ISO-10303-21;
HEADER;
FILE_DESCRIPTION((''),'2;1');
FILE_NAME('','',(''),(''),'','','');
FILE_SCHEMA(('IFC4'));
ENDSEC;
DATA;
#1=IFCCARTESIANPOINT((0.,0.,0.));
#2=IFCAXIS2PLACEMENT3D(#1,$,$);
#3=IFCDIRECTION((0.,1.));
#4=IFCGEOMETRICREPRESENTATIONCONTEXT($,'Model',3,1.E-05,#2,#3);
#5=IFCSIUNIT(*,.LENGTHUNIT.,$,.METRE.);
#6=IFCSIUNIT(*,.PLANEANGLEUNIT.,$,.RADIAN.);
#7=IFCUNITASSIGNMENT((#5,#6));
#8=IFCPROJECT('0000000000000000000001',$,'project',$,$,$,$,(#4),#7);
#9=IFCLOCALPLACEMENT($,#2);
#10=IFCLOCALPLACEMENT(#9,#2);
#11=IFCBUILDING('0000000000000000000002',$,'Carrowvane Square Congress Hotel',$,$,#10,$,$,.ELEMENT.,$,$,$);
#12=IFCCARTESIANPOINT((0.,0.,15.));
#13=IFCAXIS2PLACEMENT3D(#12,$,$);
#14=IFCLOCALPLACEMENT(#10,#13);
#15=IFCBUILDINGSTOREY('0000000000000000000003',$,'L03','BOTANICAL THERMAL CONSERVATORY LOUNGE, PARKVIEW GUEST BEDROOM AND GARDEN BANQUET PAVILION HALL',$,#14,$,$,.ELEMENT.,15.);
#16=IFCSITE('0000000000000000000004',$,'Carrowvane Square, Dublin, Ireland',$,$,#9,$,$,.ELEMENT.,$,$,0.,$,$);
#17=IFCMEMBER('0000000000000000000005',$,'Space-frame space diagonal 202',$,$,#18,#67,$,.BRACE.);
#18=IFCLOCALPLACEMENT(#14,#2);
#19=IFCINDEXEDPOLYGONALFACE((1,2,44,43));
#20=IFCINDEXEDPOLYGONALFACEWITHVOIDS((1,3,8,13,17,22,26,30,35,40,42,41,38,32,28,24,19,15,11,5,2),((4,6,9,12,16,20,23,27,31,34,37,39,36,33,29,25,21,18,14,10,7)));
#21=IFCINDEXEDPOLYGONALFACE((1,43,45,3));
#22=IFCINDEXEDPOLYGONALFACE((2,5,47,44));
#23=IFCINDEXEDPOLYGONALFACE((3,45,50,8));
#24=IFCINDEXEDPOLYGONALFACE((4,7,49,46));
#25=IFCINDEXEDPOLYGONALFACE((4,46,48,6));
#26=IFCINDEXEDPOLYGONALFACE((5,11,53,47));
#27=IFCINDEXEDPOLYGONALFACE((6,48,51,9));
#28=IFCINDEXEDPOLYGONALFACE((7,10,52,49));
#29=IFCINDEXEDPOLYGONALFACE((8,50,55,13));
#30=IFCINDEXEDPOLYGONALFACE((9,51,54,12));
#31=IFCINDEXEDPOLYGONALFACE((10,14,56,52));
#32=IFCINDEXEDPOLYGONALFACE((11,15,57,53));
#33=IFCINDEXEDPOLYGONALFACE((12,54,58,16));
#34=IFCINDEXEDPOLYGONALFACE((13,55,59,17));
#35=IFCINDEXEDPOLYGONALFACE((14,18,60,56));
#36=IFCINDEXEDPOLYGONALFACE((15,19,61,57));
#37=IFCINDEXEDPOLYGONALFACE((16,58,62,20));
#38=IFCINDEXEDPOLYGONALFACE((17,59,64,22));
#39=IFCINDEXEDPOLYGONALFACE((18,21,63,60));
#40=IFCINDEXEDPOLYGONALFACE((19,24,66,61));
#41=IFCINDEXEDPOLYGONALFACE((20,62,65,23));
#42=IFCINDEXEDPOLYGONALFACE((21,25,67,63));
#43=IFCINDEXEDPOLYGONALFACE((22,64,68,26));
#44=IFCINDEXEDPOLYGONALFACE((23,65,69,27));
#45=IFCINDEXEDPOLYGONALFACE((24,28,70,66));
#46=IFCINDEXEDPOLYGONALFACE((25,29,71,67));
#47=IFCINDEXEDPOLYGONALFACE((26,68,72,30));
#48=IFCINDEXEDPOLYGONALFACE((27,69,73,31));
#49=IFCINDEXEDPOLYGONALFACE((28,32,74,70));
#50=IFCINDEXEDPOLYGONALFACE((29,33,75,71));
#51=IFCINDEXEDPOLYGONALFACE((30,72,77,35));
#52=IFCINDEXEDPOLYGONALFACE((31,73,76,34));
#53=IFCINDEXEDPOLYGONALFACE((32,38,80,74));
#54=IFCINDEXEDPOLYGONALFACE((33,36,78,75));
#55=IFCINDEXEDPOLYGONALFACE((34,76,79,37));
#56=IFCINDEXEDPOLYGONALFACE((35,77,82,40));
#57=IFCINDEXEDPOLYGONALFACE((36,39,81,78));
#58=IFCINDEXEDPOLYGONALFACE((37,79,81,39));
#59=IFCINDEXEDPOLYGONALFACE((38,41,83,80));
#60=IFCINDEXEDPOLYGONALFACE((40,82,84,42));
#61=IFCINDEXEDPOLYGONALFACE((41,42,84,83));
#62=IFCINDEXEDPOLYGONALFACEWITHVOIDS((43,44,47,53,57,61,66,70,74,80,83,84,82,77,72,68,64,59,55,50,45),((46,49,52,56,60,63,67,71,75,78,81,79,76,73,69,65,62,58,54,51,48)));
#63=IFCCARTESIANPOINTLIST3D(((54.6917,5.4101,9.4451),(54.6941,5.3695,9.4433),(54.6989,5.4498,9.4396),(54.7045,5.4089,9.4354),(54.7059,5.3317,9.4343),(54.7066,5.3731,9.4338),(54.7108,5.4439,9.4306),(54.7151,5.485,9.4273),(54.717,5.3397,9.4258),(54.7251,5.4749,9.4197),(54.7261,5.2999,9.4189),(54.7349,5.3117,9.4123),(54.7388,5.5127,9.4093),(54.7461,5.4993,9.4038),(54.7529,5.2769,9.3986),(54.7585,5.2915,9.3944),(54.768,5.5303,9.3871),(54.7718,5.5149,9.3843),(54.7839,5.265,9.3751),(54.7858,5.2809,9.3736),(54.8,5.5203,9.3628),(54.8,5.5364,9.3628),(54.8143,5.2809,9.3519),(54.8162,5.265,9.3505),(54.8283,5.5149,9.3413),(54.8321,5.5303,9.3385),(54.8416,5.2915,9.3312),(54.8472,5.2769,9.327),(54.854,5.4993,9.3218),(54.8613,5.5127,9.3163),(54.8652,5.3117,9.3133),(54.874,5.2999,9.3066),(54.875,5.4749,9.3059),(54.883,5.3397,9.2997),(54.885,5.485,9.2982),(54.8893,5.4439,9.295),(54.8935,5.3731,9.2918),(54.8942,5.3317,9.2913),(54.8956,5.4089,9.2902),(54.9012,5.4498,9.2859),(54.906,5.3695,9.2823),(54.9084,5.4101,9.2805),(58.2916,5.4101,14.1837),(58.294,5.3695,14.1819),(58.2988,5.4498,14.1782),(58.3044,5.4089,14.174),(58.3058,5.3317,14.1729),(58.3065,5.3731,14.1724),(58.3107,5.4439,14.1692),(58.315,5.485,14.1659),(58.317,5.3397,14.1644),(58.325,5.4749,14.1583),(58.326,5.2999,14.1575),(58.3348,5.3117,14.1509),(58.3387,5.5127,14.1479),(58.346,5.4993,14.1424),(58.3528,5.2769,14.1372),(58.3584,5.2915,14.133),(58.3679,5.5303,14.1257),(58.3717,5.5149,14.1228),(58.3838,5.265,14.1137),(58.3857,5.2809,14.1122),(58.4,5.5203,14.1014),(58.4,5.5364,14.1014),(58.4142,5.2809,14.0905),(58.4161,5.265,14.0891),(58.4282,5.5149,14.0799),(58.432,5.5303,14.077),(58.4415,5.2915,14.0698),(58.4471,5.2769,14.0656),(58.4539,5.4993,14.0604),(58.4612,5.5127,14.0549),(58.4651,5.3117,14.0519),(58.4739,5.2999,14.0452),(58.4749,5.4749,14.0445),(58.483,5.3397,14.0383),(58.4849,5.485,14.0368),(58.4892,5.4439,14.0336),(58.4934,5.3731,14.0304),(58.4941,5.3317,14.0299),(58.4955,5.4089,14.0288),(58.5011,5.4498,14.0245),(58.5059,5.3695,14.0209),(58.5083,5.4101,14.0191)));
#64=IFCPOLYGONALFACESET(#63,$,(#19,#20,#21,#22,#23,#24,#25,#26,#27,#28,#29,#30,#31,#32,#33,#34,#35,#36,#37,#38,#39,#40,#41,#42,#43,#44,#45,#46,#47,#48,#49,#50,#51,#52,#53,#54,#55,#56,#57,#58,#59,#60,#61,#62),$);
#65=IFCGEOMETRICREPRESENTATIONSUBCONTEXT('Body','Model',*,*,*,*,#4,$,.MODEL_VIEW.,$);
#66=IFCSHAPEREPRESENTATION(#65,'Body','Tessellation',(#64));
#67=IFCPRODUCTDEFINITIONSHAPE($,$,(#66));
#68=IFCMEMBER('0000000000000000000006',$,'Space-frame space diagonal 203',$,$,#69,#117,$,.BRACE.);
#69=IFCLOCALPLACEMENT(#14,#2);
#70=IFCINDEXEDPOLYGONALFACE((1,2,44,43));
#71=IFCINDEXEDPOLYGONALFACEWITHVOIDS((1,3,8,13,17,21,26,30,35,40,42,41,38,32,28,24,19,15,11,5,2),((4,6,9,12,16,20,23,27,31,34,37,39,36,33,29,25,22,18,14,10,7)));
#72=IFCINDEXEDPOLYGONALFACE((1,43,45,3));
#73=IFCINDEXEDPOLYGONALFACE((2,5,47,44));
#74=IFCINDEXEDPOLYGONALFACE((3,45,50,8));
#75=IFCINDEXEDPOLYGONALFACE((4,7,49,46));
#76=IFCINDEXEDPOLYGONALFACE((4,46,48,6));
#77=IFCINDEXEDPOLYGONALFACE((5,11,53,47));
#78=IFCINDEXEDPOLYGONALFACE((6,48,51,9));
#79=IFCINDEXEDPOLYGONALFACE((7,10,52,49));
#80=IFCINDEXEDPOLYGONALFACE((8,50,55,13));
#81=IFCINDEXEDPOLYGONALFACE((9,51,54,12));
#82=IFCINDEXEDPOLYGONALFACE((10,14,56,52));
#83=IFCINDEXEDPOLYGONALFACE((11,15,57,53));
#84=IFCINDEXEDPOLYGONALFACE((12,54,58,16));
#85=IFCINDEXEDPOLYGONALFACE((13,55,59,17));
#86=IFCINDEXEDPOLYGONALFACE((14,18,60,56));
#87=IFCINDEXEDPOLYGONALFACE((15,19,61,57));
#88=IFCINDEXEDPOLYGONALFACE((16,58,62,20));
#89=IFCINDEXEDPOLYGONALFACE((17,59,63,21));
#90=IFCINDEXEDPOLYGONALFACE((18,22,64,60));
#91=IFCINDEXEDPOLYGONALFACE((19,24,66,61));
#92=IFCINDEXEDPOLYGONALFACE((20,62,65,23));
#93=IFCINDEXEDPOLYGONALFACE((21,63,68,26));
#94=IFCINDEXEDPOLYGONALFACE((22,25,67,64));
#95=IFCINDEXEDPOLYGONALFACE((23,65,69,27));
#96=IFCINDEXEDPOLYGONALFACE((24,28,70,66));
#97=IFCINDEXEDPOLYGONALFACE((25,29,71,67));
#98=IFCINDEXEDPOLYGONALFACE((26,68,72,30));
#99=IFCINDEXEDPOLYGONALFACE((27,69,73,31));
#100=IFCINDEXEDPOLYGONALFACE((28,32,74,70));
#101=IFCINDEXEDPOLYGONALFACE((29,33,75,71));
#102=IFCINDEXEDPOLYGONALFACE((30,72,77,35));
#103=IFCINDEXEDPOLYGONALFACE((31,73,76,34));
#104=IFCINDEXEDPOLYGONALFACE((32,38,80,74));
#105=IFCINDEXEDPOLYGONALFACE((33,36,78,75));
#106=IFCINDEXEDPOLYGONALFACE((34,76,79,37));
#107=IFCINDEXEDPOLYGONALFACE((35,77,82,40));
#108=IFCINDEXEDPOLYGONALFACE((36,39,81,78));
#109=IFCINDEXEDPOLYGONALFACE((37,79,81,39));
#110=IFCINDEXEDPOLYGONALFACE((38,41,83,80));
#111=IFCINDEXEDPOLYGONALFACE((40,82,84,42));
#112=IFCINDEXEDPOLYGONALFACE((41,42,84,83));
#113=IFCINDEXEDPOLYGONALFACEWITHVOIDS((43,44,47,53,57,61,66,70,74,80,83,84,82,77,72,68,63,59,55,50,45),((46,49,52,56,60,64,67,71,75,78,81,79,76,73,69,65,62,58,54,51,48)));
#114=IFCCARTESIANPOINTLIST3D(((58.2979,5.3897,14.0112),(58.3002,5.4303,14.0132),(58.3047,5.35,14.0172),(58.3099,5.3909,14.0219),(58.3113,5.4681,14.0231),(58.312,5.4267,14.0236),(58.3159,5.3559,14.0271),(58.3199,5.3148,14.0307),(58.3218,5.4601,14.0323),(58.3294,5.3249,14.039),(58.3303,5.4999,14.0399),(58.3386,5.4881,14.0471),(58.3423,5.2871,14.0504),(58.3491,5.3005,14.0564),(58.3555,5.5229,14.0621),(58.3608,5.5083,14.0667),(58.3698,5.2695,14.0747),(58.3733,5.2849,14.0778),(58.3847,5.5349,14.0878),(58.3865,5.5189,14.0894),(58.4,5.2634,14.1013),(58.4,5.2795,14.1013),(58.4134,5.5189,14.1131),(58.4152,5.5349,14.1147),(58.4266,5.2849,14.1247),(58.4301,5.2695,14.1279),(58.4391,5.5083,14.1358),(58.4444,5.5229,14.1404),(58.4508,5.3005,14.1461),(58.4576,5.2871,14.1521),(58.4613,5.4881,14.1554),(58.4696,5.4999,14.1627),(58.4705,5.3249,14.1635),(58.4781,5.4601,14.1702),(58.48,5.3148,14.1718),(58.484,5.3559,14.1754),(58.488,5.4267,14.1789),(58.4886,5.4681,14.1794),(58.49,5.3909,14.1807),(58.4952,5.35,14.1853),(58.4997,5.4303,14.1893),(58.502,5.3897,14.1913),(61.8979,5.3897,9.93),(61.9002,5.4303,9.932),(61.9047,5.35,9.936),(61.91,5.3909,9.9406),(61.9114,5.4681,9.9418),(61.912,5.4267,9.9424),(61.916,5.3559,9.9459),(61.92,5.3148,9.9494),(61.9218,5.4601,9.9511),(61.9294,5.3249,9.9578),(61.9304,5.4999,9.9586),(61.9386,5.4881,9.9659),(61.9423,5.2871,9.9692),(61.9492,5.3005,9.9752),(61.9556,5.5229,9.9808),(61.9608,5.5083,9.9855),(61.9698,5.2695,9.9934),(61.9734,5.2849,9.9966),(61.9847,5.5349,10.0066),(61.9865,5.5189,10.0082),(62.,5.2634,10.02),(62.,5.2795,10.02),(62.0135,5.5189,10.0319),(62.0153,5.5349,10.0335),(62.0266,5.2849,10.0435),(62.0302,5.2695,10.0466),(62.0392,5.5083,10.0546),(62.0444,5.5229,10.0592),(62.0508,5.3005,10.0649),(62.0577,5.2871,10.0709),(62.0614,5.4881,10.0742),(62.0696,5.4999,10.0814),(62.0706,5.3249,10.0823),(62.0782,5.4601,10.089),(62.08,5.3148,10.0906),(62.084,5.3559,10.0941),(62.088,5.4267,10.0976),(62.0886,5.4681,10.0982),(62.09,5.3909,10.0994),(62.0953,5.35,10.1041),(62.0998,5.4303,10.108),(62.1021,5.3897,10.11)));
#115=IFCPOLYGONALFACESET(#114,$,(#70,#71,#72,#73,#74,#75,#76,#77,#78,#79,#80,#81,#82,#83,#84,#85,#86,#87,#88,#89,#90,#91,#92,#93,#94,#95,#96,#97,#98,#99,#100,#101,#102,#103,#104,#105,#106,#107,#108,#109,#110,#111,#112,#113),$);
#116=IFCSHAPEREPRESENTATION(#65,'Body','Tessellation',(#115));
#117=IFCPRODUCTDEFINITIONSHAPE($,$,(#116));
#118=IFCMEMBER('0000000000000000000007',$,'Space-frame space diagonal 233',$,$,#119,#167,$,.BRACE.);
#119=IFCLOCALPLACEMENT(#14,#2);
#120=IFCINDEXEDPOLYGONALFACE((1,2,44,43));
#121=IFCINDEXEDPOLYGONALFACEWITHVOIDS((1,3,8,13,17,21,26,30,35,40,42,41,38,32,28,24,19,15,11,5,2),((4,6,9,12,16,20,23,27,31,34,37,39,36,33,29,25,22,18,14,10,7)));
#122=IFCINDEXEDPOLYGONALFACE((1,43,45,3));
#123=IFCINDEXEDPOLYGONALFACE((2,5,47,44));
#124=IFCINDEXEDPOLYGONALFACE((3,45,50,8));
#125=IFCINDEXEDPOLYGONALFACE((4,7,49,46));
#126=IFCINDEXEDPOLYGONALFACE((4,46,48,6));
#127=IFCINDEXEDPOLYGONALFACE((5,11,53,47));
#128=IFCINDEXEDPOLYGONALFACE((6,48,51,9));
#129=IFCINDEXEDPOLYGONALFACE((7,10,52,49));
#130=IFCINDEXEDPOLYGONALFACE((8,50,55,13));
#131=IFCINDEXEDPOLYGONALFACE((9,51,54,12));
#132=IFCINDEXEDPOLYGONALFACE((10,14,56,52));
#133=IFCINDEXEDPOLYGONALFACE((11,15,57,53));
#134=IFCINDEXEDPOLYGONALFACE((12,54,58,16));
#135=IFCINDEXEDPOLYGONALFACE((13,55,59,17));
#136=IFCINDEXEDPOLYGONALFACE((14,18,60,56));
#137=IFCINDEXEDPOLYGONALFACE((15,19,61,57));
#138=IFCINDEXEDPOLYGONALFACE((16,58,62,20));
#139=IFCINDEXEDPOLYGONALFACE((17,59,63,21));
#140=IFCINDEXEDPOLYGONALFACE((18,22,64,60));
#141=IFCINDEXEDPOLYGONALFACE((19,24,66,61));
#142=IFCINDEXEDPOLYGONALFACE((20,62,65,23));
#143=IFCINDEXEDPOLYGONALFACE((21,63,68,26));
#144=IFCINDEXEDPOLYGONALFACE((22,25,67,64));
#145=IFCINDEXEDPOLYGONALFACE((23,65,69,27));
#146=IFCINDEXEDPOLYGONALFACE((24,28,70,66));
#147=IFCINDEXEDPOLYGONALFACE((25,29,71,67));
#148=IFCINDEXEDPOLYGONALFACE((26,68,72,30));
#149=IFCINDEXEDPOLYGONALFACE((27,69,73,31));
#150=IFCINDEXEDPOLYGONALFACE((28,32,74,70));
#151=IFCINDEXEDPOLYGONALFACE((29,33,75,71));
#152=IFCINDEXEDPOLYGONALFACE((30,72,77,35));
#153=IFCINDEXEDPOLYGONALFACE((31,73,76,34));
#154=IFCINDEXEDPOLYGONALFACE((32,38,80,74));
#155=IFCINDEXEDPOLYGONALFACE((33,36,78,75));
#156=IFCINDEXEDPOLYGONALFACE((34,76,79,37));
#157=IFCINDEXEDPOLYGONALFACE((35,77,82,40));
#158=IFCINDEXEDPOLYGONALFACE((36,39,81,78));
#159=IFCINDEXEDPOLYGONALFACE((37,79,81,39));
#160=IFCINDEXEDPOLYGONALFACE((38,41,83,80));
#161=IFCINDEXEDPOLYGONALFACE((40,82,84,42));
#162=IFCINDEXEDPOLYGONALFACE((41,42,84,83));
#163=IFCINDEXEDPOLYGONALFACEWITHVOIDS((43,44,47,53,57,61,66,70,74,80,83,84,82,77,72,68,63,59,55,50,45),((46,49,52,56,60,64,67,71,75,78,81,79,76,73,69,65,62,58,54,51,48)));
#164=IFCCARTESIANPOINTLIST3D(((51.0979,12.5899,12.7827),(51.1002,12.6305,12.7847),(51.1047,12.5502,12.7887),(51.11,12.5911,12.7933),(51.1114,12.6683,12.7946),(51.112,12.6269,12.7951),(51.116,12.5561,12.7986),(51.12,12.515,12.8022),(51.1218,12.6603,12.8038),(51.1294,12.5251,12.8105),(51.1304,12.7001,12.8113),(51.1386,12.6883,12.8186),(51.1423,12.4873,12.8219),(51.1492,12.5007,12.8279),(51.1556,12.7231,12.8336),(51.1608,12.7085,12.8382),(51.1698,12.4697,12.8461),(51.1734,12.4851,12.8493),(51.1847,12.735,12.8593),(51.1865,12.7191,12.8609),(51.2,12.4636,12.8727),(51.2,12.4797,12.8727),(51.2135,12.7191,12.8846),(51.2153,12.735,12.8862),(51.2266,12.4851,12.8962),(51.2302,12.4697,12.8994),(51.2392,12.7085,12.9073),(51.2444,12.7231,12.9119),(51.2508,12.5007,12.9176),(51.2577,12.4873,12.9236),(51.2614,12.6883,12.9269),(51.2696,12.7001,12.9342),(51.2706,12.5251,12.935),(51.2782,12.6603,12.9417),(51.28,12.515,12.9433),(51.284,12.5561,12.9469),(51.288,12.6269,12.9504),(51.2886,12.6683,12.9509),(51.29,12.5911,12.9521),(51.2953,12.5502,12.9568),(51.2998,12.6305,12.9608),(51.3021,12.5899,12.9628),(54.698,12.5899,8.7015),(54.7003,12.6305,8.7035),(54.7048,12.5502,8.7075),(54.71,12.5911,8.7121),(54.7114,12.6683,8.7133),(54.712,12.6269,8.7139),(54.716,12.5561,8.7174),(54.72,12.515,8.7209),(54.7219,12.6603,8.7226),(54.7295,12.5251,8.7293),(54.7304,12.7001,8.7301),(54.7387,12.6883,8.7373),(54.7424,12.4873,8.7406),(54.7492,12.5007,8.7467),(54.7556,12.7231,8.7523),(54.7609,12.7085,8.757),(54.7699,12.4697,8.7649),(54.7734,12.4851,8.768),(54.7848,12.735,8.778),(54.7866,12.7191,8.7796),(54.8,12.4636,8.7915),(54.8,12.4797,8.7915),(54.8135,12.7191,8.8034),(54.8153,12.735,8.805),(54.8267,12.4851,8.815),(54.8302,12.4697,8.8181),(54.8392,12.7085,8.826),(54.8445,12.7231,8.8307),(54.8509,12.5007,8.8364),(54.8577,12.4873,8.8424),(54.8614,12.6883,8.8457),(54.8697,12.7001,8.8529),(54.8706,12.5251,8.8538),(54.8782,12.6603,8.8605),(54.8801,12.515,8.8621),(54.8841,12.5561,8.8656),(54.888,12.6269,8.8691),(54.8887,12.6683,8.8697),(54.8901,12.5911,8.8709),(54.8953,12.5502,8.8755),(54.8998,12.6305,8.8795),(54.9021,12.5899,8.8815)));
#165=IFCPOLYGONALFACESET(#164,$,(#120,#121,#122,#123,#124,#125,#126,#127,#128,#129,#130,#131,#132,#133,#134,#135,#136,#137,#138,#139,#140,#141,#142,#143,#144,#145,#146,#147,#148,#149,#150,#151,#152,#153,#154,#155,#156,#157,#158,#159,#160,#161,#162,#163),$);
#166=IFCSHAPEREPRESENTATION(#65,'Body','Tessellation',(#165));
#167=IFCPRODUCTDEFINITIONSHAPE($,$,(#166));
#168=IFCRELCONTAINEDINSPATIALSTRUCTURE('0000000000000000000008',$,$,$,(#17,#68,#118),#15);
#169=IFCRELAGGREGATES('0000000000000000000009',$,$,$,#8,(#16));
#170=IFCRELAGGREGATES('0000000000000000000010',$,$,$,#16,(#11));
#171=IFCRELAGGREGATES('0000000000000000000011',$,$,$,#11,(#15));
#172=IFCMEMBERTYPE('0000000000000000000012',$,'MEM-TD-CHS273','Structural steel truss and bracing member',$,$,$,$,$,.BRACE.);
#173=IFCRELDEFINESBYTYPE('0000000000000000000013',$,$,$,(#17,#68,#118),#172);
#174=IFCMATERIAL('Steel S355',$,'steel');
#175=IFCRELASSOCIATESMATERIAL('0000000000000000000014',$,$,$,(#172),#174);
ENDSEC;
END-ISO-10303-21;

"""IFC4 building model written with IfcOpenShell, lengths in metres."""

from ifc_helpers import new_model, si_unit, direction, frame, origin, origin_2d, place, context, subcontext, project, spatial, hollow_circle, extrude, material, material_profile, profile_set, type_object, element, save


model = new_model("IFC4")

# Units and contexts
model_context = context("Model", 3, precision=1e-05, world=origin(), true_north=direction((0.0, 1.0)))
body_context = subcontext(model_context, "Body", "Model", "MODEL_VIEW")
ifc_project = project(units=[si_unit("LENGTHUNIT", "METRE"), si_unit("PLANEANGLEUNIT", "RADIAN")], contexts=[model_context])

# Site, building, storey
site_placement = place(None, origin())
site = spatial("IfcSite", under=ifc_project, at=site_placement, Name="Carrowvane Square, Dublin, Ireland", CompositionType="ELEMENT", RefElevation=0.0)
building_placement = place(site_placement, origin())
building = spatial("IfcBuilding", under=site, at=building_placement, Name="Carrowvane Square Congress Hotel", CompositionType="ELEMENT")
storey_placement = place(building_placement, frame((0.0, 0.0, 15.0)))
storey = spatial("IfcBuildingStorey", under=building, at=storey_placement, Name="L03", Description="BOTANICAL THERMAL CONSERVATORY LOUNGE, PARKVIEW GUEST BEDROOM AND GARDEN BANQUET PAVILION HALL", CompositionType="ELEMENT", Elevation=15.0)

# Members
ifc_material_1 = material(Name="Steel S355", Category="steel")
ifc_material_profile_1 = material_profile(ifc_material_1, hollow_circle(Radius=0.1365, WallThickness=0.0161, at=origin_2d()), Name="CHS 273.0x16")
ifc_profile_set_1 = profile_set([ifc_material_profile_1], Name="Steel S355")
member_type_1 = type_object("IfcMemberType", Name="MEM-TD-CHS273", Description="Structural steel truss and bracing member", PredefinedType="BRACE", material=ifc_profile_set_1)
member_1_placement = place(storey_placement, frame((54.8, 5.3999, 9.3628), z_axis=(0.604931, 0.0, 0.796278), x_axis=(0.0, 1.0, 0.0)))
element("IfcMember", 1, at=member_1_placement, inside=storey, type_object=member_type_1, Name="Space-frame space diagonal 202", PredefinedType="BRACE", context=body_context, shape_type="SweptSolid", body=[
    extrude(hollow_circle(Radius=0.1365, WallThickness=0.0161, at=origin_2d()), origin(), (0.0, 0.0, 1.0), 5.9509),
])
for number, where, z_axis, x_axis, name in (
    (2, (62.0, 5.3999, 10.02), (-0.661513, 0.0, 0.749933), (0.0, -1.0, 0.0), "Space-frame space diagonal 203"),
    (3, (54.8, 12.6001, 8.7915), (-0.661513, 0.0, 0.749933), (0.0, -1.0, 0.0), "Space-frame space diagonal 233"),
):
    element("IfcMember", number, at=place(storey_placement, frame(where, z_axis=z_axis, x_axis=x_axis)), inside=storey, type_object=member_type_1, Name=name, PredefinedType="BRACE", context=body_context, shape_type="SweptSolid", body=[
        extrude(hollow_circle(Radius=0.1365, WallThickness=0.0161, at=origin_2d()), origin(), (0.0, 0.0, 1.0), 5.4421),
    ])

save(model, "model.ifc")
